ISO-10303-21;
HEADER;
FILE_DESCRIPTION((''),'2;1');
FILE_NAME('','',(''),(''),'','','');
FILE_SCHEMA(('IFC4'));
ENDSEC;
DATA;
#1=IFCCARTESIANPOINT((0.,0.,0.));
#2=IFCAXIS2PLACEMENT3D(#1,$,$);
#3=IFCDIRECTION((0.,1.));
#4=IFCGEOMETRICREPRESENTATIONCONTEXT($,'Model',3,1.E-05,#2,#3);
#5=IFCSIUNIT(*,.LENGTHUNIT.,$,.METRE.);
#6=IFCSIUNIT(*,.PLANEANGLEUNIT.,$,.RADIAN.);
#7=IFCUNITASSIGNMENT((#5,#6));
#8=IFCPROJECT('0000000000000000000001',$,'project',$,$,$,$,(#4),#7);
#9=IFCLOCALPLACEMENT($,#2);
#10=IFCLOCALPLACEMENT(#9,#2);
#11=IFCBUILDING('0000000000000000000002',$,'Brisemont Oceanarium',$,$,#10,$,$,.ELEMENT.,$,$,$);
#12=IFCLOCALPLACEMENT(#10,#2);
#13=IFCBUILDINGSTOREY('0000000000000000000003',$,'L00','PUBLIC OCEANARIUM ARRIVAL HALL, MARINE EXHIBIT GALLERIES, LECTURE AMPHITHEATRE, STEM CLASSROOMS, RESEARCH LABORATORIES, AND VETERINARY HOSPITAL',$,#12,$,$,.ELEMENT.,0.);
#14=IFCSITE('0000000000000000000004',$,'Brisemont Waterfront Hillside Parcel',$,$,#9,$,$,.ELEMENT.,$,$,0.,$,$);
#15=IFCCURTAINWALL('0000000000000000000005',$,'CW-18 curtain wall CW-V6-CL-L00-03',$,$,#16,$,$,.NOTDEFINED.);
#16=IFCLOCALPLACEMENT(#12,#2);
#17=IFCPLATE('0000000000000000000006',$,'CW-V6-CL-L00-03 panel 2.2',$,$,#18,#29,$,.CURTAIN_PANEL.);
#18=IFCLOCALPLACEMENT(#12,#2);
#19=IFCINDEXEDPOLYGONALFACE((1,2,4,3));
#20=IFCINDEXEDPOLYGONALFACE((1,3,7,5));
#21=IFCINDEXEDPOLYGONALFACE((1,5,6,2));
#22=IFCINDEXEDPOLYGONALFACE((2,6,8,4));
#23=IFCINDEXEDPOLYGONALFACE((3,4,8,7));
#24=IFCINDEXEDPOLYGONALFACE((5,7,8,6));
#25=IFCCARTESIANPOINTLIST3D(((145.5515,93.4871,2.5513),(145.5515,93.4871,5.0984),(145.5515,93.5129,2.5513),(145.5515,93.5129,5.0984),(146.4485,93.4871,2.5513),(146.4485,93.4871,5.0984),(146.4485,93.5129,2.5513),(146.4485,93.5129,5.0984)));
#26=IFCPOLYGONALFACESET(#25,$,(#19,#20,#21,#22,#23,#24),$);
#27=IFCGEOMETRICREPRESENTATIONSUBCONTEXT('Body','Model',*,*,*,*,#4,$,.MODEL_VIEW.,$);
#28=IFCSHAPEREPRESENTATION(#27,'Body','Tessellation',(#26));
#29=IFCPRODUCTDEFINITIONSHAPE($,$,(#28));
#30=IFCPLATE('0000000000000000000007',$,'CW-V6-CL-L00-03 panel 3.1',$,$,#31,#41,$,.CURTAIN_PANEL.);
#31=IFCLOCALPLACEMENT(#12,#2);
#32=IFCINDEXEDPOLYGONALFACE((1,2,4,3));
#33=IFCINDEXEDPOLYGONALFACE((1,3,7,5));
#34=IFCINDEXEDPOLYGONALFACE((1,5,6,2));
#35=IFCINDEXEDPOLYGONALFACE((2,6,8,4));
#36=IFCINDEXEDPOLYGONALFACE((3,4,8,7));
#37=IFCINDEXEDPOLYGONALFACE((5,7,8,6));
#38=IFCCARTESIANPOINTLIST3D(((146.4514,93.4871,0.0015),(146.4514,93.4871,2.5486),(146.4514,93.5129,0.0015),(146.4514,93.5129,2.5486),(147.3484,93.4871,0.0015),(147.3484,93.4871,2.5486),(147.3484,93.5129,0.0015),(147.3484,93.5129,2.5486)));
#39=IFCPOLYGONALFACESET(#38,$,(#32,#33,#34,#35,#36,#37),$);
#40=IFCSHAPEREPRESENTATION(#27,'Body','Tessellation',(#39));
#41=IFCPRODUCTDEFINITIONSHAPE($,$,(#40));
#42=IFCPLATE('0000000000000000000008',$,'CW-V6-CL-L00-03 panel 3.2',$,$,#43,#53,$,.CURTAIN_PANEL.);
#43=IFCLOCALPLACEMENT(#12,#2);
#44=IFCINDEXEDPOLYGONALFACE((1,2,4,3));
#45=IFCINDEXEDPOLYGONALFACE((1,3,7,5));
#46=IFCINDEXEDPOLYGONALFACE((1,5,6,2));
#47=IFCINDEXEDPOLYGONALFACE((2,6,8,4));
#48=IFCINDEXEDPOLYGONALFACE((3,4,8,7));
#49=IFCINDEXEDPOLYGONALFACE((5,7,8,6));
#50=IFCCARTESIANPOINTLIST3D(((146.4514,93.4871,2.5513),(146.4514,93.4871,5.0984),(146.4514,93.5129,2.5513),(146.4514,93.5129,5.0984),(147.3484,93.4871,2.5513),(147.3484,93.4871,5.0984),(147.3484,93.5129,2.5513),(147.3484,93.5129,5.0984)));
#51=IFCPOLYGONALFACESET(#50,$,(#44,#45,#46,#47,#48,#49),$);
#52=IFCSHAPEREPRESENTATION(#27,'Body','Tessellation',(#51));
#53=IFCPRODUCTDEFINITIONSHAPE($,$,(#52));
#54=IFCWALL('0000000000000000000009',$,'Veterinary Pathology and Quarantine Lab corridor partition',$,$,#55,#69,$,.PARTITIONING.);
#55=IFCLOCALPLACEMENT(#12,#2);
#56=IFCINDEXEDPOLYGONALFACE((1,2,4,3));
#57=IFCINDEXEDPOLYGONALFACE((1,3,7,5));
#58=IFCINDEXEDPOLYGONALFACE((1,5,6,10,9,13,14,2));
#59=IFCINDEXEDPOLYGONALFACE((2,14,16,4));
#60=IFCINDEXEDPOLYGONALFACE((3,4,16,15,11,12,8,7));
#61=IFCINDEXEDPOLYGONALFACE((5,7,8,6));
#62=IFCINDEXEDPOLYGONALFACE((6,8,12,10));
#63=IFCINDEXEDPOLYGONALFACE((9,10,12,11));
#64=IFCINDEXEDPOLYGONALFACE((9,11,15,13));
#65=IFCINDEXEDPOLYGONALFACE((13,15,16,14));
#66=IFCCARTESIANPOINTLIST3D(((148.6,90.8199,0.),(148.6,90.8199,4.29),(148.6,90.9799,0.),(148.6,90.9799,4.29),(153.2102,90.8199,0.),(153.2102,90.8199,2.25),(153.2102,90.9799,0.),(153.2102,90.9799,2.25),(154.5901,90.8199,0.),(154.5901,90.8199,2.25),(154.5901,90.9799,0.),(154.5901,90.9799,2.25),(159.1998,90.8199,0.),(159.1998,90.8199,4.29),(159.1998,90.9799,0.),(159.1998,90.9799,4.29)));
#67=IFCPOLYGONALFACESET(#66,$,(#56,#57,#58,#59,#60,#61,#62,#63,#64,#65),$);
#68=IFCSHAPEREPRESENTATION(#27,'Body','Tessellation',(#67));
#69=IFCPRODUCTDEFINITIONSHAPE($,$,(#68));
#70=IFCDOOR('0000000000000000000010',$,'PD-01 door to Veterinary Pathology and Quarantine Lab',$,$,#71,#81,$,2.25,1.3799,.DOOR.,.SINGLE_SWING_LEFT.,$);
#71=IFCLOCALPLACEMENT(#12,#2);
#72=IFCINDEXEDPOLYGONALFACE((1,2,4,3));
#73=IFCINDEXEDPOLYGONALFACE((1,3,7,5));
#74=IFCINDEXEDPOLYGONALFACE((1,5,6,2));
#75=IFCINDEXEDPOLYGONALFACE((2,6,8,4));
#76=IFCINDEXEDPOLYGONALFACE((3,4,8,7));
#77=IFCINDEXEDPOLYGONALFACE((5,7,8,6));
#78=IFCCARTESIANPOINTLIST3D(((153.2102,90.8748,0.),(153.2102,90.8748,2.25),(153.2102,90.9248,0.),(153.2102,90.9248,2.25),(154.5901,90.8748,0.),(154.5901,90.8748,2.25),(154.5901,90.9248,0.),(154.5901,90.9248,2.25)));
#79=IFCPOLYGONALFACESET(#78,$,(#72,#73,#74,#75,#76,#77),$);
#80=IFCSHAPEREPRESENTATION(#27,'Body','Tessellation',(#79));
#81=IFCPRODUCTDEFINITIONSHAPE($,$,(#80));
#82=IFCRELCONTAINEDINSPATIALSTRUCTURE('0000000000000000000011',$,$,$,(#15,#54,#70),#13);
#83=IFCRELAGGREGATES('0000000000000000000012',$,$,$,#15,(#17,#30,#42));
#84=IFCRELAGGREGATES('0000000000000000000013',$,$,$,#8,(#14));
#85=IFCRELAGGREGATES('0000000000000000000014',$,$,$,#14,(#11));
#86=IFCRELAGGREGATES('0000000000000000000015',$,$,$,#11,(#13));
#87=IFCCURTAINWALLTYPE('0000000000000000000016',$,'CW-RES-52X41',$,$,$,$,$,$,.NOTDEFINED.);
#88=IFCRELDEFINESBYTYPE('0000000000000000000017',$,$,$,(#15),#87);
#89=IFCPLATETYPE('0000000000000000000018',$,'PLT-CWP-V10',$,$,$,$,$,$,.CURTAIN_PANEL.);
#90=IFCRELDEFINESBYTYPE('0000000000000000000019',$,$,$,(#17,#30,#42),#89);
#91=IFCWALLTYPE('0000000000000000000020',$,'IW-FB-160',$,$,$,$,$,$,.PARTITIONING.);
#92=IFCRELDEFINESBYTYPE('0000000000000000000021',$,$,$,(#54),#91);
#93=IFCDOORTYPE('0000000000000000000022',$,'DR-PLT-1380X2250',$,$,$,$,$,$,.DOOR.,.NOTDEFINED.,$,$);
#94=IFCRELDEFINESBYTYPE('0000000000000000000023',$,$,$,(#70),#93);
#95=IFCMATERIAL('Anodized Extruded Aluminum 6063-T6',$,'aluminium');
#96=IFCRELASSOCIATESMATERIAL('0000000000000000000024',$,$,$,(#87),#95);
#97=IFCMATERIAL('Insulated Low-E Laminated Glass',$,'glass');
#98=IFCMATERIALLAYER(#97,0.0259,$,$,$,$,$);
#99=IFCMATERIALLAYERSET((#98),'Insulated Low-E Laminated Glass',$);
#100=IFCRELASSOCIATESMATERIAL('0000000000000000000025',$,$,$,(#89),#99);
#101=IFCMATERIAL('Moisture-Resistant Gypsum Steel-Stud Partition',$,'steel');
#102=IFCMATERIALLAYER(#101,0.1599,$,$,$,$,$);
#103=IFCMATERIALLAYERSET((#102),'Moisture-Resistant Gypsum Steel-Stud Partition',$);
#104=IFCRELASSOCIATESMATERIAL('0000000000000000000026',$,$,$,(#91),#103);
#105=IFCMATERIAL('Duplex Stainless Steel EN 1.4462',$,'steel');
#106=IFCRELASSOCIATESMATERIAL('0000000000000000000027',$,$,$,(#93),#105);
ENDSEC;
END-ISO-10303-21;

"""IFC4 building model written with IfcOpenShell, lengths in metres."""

from ifc_helpers import new_model, si_unit, direction, frame, frame_2d, origin, origin_2d, place, context, subcontext, project, spatial, rectangle, extrude, material, layer, layer_set, type_object, element, fill, aggregate, save


model = new_model("IFC4")

# Units and contexts
model_context = context("Model", 3, precision=1e-05, world=origin(), true_north=direction((0.0, 1.0)))
body_context = subcontext(model_context, "Body", "Model", "MODEL_VIEW")
ifc_project = project(units=[si_unit("LENGTHUNIT", "METRE"), si_unit("PLANEANGLEUNIT", "RADIAN")], contexts=[model_context])

# Site, building, storey
site_placement = place(None, origin())
site = spatial("IfcSite", under=ifc_project, at=site_placement, Name="Brisemont Waterfront Hillside Parcel", CompositionType="ELEMENT", RefElevation=0.0)
building_placement = place(site_placement, origin())
building = spatial("IfcBuilding", under=site, at=building_placement, Name="Brisemont Oceanarium", CompositionType="ELEMENT")
storey_placement = place(building_placement, origin())
storey = spatial("IfcBuildingStorey", under=building, at=storey_placement, Name="L00", Description="PUBLIC OCEANARIUM ARRIVAL HALL, MARINE EXHIBIT GALLERIES, LECTURE AMPHITHEATRE, STEM CLASSROOMS, RESEARCH LABORATORIES, AND VETERINARY HOSPITAL", CompositionType="ELEMENT", Elevation=0.0)

# Curtain wall
ifc_material_1 = material(Name="Anodized Extruded Aluminum 6063-T6", Category="aluminium")
curtain_wall_type = type_object("IfcCurtainWallType", Name="CW-RES-52X41", PredefinedType="NOTDEFINED", material=ifc_material_1)
curtain_wall_1_placement = place(storey_placement, origin())
curtain_wall_1 = element("IfcCurtainWall", 1, at=curtain_wall_1_placement, inside=storey, type_object=curtain_wall_type, Name="CW-18 curtain wall CW-V6-CL-L00-03", PredefinedType="NOTDEFINED")

# Plates
ifc_material_2 = material(Name="Insulated Low-E Laminated Glass", Category="glass")
ifc_layer_1 = layer(ifc_material_2, 0.0259)
ifc_layer_set_1 = layer_set([ifc_layer_1], Name="Insulated Low-E Laminated Glass")
plate_type = type_object("IfcPlateType", Name="PLT-CWP-V10", PredefinedType="CURTAIN_PANEL", material=ifc_layer_set_1)
plate_1_placement = place(storey_placement, frame((146.0, 93.5, 2.5513), z_axis=(0.0, 0.0, 1.0), x_axis=(1.0, 0.0, 0.0)))
plate_1 = element("IfcPlate", 2, at=plate_1_placement, type_object=plate_type, Name="CW-V6-CL-L00-03 panel 2.2", PredefinedType="CURTAIN_PANEL", context=body_context, shape_type="SweptSolid", body=[
    extrude(rectangle(XDim=0.897, YDim=0.0259, at=origin_2d()), origin(), (0.0, 0.0, 1.0), 2.5471),
])
plate_2_placement = place(storey_placement, frame((146.8999, 93.5, 0.0015), z_axis=(0.0, 0.0, 1.0), x_axis=(1.0, 0.0, 0.0)))
plate_2 = element("IfcPlate", 3, at=plate_2_placement, type_object=plate_type, Name="CW-V6-CL-L00-03 panel 3.1", PredefinedType="CURTAIN_PANEL", context=body_context, shape_type="SweptSolid", body=[
    extrude(rectangle(XDim=0.897, YDim=0.0259, at=origin_2d()), origin(), (0.0, 0.0, 1.0), 2.5471),
])
plate_3_placement = place(storey_placement, frame((146.8999, 93.5, 2.5513), z_axis=(0.0, 0.0, 1.0), x_axis=(1.0, 0.0, 0.0)))
plate_3 = element("IfcPlate", 4, at=plate_3_placement, type_object=plate_type, Name="CW-V6-CL-L00-03 panel 3.2", PredefinedType="CURTAIN_PANEL", context=body_context, shape_type="SweptSolid", body=[
    extrude(rectangle(XDim=0.897, YDim=0.0259, at=origin_2d()), origin(), (0.0, 0.0, 1.0), 2.5471),
])
aggregate(curtain_wall_1, [plate_1, plate_2, plate_3])

# Wall, opening, door
ifc_material_3 = material(Name="Moisture-Resistant Gypsum Steel-Stud Partition", Category="steel")
ifc_layer_2 = layer(ifc_material_3, 0.1599)
ifc_layer_set_2 = layer_set([ifc_layer_2], Name="Moisture-Resistant Gypsum Steel-Stud Partition")
wall_type = type_object("IfcWallType", Name="IW-FB-160", PredefinedType="PARTITIONING", material=ifc_layer_set_2)
wall_placement = place(storey_placement, frame((148.6001, 90.8999, 0.0), z_axis=(0.0, 0.0, 1.0), x_axis=(1.0, 0.0, 0.0)))
wall = element("IfcWall", 5, at=wall_placement, inside=storey, type_object=wall_type, Name="Veterinary Pathology and Quarantine Lab corridor partition", PredefinedType="PARTITIONING", context=body_context, shape_type="SweptSolid", body=[
    extrude(rectangle(XDim=10.5999, YDim=0.1599, at=frame_2d((5.2998, 0.0))), origin(), (0.0, 0.0, 1.0), 4.29),
])
opening_placement = place(wall_placement, frame((4.6101, 0.0, 0.0)))
opening = element("IfcOpeningElement", 6, at=opening_placement, cuts=wall, PredefinedType="OPENING", context=body_context, shape_type="SweptSolid", body=[
    extrude(rectangle(XDim=1.3799, YDim=2.25, at=frame_2d((0.6899, 1.125))), frame((0.0, 0.0898, 0.0), z_axis=(0.0, -1.0, 0.0), x_axis=(1.0, 0.0, 0.0)), (0.0, 0.0, 1.0), 0.1799),
])
ifc_material_4 = material(Name="Duplex Stainless Steel EN 1.4462", Category="steel")
door_type = type_object("IfcDoorType", Name="DR-PLT-1380X2250", OperationType="NOTDEFINED", PredefinedType="DOOR", material=ifc_material_4)
door_placement = place(opening_placement, origin())
door = element("IfcDoor", 7, at=door_placement, inside=storey, type_object=door_type, Name="PD-01 door to Veterinary Pathology and Quarantine Lab", OperationType="SINGLE_SWING_LEFT", OverallHeight=2.25, OverallWidth=1.3799, PredefinedType="DOOR", context=body_context, shape_type="SweptSolid", body=[
    extrude(rectangle(XDim=1.3799, YDim=2.25, at=frame_2d((0.6899, 1.125))), frame((0.0, 0.0249, 0.0), z_axis=(0.0, -1.0, 0.0), x_axis=(1.0, 0.0, 0.0)), (0.0, 0.0, 1.0), 0.05),
])
fill(opening, door)

save(model, "model.ifc")
